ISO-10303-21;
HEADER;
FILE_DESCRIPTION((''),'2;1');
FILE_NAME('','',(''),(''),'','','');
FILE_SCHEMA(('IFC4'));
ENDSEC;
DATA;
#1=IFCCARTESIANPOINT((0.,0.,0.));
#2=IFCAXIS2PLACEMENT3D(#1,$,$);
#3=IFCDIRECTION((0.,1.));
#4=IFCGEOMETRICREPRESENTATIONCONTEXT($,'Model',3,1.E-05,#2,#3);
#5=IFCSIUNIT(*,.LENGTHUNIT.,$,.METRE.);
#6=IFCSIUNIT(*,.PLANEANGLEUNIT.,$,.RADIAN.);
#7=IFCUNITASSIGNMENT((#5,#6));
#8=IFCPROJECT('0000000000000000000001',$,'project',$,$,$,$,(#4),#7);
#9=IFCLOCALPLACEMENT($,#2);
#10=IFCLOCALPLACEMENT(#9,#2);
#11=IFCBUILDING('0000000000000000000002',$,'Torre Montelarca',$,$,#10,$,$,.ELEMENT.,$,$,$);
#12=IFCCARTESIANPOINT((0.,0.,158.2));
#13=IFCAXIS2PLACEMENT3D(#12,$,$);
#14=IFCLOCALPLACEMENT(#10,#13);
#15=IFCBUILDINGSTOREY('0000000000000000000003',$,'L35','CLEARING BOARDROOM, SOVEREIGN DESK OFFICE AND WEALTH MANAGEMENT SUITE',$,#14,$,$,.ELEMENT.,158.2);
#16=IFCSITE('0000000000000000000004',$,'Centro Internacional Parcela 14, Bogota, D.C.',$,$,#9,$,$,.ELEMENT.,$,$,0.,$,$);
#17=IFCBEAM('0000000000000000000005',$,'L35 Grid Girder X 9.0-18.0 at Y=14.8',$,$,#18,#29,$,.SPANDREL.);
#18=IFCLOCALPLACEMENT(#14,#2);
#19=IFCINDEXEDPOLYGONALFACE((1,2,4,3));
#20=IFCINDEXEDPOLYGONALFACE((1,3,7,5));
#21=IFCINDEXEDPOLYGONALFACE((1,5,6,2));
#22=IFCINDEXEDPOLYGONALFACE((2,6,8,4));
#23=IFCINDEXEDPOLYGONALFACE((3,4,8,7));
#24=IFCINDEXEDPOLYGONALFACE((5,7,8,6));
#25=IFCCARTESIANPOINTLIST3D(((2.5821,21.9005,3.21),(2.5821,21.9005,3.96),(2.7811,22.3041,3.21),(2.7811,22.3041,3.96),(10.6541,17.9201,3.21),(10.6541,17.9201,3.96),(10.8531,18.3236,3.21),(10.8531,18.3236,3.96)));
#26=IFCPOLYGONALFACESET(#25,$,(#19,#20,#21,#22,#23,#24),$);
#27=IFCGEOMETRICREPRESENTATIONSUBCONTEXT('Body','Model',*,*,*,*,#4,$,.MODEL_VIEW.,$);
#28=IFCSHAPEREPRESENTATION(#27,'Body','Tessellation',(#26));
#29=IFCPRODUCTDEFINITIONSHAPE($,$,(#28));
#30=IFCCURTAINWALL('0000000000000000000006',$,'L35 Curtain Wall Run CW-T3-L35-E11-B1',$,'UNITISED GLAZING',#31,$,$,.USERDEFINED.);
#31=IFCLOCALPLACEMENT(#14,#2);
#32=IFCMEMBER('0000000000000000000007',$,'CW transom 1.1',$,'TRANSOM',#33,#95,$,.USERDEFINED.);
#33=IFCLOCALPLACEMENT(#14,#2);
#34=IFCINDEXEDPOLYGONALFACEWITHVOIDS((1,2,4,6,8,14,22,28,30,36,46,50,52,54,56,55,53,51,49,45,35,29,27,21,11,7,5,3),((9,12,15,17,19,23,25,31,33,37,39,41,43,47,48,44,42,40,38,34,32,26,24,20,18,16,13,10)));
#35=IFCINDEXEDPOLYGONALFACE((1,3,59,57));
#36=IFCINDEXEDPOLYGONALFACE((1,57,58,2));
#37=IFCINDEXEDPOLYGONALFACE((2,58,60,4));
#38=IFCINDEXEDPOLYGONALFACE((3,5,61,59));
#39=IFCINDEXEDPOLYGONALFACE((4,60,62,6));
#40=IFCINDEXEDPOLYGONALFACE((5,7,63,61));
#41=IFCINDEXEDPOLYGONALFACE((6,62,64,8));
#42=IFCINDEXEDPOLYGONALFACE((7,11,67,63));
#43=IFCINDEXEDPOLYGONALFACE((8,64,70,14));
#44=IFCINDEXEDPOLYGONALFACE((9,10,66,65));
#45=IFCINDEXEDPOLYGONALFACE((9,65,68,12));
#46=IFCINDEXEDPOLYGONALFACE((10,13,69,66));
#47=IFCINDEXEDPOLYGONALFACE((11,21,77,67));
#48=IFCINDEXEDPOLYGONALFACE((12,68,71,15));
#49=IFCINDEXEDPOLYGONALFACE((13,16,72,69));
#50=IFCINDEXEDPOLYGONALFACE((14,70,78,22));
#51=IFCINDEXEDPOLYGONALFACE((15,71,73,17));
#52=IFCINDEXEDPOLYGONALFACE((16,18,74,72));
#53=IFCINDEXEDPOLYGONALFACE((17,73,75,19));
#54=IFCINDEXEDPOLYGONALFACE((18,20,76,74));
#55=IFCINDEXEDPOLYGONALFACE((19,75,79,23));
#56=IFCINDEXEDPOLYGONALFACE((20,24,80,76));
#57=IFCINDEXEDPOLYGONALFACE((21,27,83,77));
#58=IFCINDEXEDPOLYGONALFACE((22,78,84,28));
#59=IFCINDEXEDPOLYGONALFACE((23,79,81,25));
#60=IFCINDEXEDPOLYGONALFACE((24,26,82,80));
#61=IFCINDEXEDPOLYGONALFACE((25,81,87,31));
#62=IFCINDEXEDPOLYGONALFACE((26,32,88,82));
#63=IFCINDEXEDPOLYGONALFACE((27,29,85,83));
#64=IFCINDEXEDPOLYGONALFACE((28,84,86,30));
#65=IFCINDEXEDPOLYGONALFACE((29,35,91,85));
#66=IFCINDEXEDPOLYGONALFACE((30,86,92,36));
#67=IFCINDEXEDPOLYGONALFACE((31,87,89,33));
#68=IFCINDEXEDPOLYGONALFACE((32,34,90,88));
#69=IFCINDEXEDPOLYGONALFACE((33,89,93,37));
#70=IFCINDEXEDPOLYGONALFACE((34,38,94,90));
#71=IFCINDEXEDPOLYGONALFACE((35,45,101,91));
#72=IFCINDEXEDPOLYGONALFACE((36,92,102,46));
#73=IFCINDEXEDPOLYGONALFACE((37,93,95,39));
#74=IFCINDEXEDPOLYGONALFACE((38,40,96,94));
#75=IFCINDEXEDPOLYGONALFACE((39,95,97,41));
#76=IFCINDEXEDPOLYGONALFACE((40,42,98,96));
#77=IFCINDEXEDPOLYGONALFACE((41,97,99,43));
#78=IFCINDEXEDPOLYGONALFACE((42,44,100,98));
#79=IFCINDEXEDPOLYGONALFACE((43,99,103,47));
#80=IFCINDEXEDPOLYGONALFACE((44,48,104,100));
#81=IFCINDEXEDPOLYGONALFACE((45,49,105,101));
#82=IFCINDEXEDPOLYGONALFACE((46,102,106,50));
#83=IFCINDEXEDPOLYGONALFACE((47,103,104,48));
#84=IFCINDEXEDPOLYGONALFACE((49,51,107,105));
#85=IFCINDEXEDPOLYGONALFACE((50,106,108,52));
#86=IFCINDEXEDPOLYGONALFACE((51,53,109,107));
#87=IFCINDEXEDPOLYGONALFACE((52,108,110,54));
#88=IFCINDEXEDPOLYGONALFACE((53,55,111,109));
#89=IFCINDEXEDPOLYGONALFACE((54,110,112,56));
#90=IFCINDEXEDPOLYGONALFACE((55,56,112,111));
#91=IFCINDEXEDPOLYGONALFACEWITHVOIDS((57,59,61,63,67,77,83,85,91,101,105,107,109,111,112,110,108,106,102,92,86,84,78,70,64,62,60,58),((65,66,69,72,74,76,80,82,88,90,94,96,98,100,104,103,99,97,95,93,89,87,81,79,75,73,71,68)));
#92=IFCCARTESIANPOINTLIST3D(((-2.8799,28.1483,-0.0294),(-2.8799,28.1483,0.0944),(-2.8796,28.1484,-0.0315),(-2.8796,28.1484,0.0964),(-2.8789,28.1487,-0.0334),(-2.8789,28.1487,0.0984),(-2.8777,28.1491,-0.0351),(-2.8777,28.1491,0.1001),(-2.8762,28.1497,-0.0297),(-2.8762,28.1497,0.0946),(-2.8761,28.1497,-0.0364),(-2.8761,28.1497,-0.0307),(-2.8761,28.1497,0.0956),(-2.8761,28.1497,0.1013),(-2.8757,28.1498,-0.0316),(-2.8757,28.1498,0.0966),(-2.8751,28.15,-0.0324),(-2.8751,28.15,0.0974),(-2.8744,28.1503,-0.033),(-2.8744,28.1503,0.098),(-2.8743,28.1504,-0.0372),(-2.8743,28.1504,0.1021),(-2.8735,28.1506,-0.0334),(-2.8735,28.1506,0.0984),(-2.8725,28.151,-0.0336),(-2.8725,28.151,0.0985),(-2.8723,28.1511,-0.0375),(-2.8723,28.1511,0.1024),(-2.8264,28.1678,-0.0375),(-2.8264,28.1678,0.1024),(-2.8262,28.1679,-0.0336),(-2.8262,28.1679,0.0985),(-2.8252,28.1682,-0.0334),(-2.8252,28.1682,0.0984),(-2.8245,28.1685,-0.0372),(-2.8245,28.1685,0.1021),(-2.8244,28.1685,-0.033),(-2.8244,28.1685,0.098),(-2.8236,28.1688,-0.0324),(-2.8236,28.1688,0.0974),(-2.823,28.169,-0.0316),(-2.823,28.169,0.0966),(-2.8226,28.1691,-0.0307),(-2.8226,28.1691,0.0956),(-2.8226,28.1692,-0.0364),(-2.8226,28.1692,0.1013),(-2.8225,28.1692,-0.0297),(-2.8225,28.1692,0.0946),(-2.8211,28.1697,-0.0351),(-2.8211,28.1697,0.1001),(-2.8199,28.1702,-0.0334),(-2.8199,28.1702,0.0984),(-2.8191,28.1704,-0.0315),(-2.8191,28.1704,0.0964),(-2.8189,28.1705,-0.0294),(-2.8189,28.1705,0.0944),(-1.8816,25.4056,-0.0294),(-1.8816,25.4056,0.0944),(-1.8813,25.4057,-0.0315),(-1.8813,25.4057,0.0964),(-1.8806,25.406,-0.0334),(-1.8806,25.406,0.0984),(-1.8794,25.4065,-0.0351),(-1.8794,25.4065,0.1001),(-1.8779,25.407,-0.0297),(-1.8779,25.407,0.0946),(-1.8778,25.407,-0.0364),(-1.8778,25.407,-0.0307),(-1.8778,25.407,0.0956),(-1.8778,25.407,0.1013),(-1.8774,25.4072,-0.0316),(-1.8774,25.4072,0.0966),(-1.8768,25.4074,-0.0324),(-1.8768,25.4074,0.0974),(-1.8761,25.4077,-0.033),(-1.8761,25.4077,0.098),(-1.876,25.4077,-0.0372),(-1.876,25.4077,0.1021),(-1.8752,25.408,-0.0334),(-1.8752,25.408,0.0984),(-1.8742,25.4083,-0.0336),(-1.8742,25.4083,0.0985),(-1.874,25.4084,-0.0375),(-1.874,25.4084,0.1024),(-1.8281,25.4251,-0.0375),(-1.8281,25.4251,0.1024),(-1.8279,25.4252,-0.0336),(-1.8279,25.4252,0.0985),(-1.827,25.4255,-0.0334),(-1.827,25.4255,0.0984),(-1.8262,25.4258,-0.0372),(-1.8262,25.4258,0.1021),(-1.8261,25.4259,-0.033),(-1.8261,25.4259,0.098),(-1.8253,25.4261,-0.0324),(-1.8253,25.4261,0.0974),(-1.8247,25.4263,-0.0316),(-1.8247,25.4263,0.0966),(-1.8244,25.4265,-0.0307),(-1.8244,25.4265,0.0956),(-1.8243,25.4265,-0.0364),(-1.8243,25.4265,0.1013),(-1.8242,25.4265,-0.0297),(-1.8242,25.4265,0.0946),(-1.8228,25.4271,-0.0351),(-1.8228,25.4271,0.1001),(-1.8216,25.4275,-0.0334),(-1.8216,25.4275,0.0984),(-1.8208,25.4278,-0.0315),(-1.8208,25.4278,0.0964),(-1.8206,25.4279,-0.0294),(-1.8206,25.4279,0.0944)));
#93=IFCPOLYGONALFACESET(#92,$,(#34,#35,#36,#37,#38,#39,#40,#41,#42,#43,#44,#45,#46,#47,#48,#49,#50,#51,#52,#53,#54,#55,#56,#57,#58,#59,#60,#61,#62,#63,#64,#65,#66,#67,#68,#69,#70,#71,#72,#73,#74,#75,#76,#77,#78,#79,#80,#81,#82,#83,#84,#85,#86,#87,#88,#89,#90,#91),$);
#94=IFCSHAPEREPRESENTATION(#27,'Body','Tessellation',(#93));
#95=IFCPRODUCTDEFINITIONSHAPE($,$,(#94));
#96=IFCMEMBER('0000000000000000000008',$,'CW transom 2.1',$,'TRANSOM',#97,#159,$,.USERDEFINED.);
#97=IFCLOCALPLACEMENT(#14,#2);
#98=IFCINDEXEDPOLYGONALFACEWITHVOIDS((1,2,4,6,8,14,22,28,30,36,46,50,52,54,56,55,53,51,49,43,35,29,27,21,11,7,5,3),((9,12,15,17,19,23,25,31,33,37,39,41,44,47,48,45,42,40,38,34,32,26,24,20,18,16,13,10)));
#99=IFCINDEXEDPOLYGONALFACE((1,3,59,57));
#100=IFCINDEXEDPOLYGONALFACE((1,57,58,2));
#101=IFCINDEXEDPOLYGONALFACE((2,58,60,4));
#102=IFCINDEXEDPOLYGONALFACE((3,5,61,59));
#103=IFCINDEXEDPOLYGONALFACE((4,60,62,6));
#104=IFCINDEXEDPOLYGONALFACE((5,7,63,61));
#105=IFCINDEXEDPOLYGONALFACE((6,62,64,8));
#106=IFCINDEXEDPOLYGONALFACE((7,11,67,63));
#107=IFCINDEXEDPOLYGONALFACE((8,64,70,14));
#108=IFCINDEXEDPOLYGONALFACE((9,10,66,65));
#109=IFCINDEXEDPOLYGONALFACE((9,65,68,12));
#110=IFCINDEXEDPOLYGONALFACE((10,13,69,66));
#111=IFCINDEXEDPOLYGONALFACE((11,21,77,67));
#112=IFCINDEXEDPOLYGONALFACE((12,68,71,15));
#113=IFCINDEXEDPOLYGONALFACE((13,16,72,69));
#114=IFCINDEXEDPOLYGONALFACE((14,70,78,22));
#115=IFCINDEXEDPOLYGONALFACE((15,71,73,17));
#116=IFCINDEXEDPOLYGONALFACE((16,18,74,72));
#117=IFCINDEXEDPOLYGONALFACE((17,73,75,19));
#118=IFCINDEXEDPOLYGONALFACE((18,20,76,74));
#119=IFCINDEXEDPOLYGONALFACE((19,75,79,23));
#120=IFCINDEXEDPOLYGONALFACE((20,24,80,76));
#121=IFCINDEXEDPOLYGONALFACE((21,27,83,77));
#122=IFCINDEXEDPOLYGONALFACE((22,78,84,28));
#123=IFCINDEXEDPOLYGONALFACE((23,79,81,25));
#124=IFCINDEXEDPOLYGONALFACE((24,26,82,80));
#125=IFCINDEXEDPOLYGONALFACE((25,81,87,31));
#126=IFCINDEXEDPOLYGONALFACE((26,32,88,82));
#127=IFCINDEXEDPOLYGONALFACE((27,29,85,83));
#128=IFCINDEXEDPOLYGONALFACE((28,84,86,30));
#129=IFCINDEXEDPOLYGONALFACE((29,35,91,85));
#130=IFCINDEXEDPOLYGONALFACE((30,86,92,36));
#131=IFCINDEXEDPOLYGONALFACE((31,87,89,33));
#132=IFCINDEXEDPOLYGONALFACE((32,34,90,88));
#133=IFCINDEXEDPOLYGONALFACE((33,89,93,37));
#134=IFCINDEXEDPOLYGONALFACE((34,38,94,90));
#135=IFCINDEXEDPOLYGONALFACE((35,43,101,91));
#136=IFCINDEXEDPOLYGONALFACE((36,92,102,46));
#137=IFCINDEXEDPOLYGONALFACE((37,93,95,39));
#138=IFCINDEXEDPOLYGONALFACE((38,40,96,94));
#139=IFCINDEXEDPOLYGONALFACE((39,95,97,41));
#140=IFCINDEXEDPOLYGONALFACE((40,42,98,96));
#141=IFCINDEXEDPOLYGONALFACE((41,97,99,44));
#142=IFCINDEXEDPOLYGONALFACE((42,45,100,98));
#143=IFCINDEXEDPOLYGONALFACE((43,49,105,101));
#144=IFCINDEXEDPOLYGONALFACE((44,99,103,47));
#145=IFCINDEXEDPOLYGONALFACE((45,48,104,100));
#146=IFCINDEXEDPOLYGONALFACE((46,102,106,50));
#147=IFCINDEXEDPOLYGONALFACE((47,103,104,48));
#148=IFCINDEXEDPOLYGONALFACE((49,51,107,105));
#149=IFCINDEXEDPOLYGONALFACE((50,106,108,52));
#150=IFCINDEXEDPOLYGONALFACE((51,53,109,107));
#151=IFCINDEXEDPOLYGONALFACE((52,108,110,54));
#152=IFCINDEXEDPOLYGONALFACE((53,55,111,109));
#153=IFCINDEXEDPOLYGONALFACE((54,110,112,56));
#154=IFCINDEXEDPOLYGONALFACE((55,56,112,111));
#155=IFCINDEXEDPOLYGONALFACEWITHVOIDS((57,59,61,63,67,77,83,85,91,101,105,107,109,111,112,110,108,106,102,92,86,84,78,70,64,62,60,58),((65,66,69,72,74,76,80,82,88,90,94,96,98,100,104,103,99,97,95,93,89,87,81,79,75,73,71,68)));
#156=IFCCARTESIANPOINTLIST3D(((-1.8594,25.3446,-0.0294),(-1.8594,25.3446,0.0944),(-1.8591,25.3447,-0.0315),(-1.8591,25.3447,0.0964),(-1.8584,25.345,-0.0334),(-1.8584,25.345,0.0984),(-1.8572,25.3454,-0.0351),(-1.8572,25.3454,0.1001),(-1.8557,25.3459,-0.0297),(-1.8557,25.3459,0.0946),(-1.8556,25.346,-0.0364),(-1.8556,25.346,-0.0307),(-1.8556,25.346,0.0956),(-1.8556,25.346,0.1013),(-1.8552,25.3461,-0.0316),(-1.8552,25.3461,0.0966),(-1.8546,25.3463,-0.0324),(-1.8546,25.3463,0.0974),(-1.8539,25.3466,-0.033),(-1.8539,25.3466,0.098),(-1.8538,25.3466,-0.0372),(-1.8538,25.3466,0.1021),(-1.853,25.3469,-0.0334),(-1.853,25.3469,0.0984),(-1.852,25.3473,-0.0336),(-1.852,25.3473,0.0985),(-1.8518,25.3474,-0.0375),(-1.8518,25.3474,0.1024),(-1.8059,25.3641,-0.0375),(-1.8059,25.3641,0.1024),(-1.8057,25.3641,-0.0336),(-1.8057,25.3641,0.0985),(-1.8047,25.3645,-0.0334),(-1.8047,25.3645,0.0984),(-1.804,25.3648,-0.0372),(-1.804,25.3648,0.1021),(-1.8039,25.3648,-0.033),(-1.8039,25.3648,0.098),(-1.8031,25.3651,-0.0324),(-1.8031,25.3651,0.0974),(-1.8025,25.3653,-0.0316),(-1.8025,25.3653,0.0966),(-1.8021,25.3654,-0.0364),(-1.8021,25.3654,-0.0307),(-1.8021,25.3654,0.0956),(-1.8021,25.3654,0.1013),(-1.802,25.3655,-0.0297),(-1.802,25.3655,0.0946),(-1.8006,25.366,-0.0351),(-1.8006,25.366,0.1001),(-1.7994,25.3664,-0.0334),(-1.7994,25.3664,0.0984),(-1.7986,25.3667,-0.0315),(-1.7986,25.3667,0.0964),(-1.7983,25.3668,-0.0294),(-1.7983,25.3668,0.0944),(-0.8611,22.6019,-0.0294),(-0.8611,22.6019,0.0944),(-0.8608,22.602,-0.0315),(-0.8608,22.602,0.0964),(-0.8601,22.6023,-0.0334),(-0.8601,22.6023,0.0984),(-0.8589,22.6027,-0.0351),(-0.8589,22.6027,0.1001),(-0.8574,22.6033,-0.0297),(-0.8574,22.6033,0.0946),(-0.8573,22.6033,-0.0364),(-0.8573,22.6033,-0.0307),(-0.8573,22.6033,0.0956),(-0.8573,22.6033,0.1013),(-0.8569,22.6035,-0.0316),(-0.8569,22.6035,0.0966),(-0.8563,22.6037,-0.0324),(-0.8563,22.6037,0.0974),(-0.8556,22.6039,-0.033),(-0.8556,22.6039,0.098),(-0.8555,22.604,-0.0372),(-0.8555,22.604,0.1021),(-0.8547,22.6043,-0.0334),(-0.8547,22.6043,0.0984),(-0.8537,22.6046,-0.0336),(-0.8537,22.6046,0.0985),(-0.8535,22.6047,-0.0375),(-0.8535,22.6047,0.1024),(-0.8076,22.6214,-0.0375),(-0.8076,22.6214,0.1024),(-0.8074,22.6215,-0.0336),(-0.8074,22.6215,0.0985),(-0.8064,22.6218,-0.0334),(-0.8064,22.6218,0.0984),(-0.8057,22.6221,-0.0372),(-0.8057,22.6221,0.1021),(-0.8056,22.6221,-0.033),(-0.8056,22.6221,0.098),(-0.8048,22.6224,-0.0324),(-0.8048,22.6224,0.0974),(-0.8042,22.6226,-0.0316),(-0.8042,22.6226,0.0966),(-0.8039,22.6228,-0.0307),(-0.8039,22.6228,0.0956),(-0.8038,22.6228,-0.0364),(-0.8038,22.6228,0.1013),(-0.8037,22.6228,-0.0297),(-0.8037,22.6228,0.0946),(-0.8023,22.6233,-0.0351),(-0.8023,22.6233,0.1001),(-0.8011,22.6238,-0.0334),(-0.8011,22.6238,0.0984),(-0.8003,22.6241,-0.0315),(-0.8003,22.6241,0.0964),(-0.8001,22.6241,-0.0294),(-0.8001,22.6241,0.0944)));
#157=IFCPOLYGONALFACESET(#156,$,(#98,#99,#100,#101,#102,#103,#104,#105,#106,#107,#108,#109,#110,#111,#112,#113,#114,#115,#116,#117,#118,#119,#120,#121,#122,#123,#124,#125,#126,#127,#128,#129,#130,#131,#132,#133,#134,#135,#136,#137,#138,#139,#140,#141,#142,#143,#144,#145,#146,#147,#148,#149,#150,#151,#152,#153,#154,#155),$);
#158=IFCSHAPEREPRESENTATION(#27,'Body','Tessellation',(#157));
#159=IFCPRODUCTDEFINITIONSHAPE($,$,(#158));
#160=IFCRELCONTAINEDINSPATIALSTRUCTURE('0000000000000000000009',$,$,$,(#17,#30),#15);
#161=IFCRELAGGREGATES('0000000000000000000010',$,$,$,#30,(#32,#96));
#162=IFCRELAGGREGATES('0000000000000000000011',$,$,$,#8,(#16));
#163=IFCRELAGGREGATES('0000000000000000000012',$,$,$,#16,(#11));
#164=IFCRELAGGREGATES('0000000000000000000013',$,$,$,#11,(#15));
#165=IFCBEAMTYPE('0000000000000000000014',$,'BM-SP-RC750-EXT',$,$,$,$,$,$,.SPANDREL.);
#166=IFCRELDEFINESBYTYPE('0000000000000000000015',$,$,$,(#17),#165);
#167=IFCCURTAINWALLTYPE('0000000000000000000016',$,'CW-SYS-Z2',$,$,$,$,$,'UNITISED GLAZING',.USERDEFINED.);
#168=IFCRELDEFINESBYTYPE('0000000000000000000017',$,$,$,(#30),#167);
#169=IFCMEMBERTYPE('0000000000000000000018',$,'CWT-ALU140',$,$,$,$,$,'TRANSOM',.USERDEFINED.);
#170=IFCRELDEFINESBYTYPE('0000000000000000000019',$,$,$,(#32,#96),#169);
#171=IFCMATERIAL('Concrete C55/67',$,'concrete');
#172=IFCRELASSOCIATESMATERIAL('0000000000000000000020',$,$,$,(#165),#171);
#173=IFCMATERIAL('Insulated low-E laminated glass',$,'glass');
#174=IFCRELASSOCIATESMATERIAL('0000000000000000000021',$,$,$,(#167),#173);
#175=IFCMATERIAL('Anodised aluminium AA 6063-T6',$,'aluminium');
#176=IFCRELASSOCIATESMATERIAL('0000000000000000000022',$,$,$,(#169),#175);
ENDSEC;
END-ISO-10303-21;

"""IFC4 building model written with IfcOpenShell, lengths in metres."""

from ifc_helpers import new_model, si_unit, direction, frame, origin, origin_2d, place, context, subcontext, project, spatial, rectangle, hollow_rectangle, extrude, source, transform, mapped, material, material_profile, profile_set, type_object, element, aggregate, save


model = new_model("IFC4")

# Units and contexts
model_context = context("Model", 3, precision=1e-05, world=origin(), true_north=direction((0.0, 1.0)))
body_context = subcontext(model_context, "Body", "Model", "MODEL_VIEW")
ifc_project = project(units=[si_unit("LENGTHUNIT", "METRE"), si_unit("PLANEANGLEUNIT", "RADIAN")], contexts=[model_context])

# Site, building, storey
site_placement = place(None, origin())
site = spatial("IfcSite", under=ifc_project, at=site_placement, Name="Centro Internacional Parcela 14, Bogota, D.C.", CompositionType="ELEMENT", RefElevation=0.0)
building_placement = place(site_placement, origin())
building = spatial("IfcBuilding", under=site, at=building_placement, Name="Torre Montelarca", CompositionType="ELEMENT")
storey_placement = place(building_placement, frame((0.0, 0.0, 158.2)))
storey = spatial("IfcBuildingStorey", under=building, at=storey_placement, Name="L35", Description="CLEARING BOARDROOM, SOVEREIGN DESK OFFICE AND WEALTH MANAGEMENT SUITE", CompositionType="ELEMENT", Elevation=158.2)

# Beam
ifc_material_1 = material(Name="Concrete C55/67", Category="concrete")
ifc_material_profile_1 = material_profile(ifc_material_1, rectangle(XDim=0.45, YDim=0.75, at=origin_2d()), Name="RCB450X750", Category="concrete")
ifc_profile_set_1 = profile_set([ifc_material_profile_1], Name="Concrete C55/67")
beam_type = type_object("IfcBeamType", Name="BM-SP-RC750-EXT", PredefinedType="SPANDREL", material=ifc_profile_set_1)
shared_shape_1 = source(origin(), body_context, "Body", "SweptSolid", [
    extrude(rectangle(XDim=0.45, YDim=0.75, at=origin_2d()), origin(), (0.0, 0.0, 1.0), 9.0),
])
beam_placement = place(storey_placement, frame((2.6816, 22.1023, 3.585), z_axis=(0.896882, -0.44227, 0.0), x_axis=(0.44227, 0.896882, 0.0)))
element("IfcBeam", 1, at=beam_placement, inside=storey, type_object=beam_type, Name="L35 Grid Girder X 9.0-18.0 at Y=14.8", PredefinedType="SPANDREL", context=body_context, shape_type="MappedRepresentation", body=[
    mapped(shared_shape_1, transform((0.0, 0.0, 0.0), scale=1.0)),
])

# Curtain wall, members
ifc_material_2 = material(Name="Insulated low-E laminated glass", Category="glass")
curtain_wall_type = type_object("IfcCurtainWallType", Name="CW-SYS-Z2", ElementType="UNITISED GLAZING", PredefinedType="USERDEFINED", material=ifc_material_2)
curtain_wall_placement = place(storey_placement, origin())
curtain_wall = element("IfcCurtainWall", 2, at=curtain_wall_placement, inside=storey, type_object=curtain_wall_type, Name="L35 Curtain Wall Run CW-T3-L35-E11-B1", ObjectType="UNITISED GLAZING", PredefinedType="USERDEFINED")
ifc_material_3 = material(Name="Anodised aluminium AA 6063-T6", Category="aluminium")
ifc_material_profile_2 = material_profile(ifc_material_3, hollow_rectangle(XDim=0.0649, YDim=0.1399, WallThickness=0.0039, InnerFilletRadius=0.0039, OuterFilletRadius=0.0081, at=origin_2d()), Name="ALU65X140X4", Category="aluminium")
ifc_profile_set_2 = profile_set([ifc_material_profile_2], Name="Anodised aluminium AA 6063-T6")
member_type_1 = type_object("IfcMemberType", Name="CWT-ALU140", ElementType="TRANSOM", PredefinedType="USERDEFINED", material=ifc_profile_set_2)
shared_shape_2 = source(origin(), body_context, "Body", "SweptSolid", [
    extrude(hollow_rectangle(XDim=0.0649, YDim=0.1399, WallThickness=0.0039, InnerFilletRadius=0.0039, OuterFilletRadius=0.0081, at=origin_2d()), origin(), (0.0, 0.0, 1.0), 2.9187),
])
member_1_placement = place(storey_placement, frame((-2.8494, 28.1594, 0.0325), z_axis=(0.342032, -0.939688, 0.0), x_axis=(0.939688, 0.342032, 0.0)))
member_1 = element("IfcMember", 3, at=member_1_placement, type_object=member_type_1, Name="CW transom 1.1", ObjectType="TRANSOM", PredefinedType="USERDEFINED", context=body_context, shape_type="MappedRepresentation", body=[
    mapped(shared_shape_2, transform((0.0, 0.0, 0.0), scale=1.0)),
])
member_2_placement = place(storey_placement, frame((-1.8289, 25.3557, 0.0325), z_axis=(0.342032, -0.939688, 0.0), x_axis=(0.939688, 0.342032, 0.0)))
member_2 = element("IfcMember", 4, at=member_2_placement, type_object=member_type_1, Name="CW transom 2.1", ObjectType="TRANSOM", PredefinedType="USERDEFINED", context=body_context, shape_type="MappedRepresentation", body=[
    mapped(shared_shape_2, transform((0.0, 0.0, 0.0), scale=1.0)),
])
aggregate(curtain_wall, [member_1, member_2])

save(model, "model.ifc")
